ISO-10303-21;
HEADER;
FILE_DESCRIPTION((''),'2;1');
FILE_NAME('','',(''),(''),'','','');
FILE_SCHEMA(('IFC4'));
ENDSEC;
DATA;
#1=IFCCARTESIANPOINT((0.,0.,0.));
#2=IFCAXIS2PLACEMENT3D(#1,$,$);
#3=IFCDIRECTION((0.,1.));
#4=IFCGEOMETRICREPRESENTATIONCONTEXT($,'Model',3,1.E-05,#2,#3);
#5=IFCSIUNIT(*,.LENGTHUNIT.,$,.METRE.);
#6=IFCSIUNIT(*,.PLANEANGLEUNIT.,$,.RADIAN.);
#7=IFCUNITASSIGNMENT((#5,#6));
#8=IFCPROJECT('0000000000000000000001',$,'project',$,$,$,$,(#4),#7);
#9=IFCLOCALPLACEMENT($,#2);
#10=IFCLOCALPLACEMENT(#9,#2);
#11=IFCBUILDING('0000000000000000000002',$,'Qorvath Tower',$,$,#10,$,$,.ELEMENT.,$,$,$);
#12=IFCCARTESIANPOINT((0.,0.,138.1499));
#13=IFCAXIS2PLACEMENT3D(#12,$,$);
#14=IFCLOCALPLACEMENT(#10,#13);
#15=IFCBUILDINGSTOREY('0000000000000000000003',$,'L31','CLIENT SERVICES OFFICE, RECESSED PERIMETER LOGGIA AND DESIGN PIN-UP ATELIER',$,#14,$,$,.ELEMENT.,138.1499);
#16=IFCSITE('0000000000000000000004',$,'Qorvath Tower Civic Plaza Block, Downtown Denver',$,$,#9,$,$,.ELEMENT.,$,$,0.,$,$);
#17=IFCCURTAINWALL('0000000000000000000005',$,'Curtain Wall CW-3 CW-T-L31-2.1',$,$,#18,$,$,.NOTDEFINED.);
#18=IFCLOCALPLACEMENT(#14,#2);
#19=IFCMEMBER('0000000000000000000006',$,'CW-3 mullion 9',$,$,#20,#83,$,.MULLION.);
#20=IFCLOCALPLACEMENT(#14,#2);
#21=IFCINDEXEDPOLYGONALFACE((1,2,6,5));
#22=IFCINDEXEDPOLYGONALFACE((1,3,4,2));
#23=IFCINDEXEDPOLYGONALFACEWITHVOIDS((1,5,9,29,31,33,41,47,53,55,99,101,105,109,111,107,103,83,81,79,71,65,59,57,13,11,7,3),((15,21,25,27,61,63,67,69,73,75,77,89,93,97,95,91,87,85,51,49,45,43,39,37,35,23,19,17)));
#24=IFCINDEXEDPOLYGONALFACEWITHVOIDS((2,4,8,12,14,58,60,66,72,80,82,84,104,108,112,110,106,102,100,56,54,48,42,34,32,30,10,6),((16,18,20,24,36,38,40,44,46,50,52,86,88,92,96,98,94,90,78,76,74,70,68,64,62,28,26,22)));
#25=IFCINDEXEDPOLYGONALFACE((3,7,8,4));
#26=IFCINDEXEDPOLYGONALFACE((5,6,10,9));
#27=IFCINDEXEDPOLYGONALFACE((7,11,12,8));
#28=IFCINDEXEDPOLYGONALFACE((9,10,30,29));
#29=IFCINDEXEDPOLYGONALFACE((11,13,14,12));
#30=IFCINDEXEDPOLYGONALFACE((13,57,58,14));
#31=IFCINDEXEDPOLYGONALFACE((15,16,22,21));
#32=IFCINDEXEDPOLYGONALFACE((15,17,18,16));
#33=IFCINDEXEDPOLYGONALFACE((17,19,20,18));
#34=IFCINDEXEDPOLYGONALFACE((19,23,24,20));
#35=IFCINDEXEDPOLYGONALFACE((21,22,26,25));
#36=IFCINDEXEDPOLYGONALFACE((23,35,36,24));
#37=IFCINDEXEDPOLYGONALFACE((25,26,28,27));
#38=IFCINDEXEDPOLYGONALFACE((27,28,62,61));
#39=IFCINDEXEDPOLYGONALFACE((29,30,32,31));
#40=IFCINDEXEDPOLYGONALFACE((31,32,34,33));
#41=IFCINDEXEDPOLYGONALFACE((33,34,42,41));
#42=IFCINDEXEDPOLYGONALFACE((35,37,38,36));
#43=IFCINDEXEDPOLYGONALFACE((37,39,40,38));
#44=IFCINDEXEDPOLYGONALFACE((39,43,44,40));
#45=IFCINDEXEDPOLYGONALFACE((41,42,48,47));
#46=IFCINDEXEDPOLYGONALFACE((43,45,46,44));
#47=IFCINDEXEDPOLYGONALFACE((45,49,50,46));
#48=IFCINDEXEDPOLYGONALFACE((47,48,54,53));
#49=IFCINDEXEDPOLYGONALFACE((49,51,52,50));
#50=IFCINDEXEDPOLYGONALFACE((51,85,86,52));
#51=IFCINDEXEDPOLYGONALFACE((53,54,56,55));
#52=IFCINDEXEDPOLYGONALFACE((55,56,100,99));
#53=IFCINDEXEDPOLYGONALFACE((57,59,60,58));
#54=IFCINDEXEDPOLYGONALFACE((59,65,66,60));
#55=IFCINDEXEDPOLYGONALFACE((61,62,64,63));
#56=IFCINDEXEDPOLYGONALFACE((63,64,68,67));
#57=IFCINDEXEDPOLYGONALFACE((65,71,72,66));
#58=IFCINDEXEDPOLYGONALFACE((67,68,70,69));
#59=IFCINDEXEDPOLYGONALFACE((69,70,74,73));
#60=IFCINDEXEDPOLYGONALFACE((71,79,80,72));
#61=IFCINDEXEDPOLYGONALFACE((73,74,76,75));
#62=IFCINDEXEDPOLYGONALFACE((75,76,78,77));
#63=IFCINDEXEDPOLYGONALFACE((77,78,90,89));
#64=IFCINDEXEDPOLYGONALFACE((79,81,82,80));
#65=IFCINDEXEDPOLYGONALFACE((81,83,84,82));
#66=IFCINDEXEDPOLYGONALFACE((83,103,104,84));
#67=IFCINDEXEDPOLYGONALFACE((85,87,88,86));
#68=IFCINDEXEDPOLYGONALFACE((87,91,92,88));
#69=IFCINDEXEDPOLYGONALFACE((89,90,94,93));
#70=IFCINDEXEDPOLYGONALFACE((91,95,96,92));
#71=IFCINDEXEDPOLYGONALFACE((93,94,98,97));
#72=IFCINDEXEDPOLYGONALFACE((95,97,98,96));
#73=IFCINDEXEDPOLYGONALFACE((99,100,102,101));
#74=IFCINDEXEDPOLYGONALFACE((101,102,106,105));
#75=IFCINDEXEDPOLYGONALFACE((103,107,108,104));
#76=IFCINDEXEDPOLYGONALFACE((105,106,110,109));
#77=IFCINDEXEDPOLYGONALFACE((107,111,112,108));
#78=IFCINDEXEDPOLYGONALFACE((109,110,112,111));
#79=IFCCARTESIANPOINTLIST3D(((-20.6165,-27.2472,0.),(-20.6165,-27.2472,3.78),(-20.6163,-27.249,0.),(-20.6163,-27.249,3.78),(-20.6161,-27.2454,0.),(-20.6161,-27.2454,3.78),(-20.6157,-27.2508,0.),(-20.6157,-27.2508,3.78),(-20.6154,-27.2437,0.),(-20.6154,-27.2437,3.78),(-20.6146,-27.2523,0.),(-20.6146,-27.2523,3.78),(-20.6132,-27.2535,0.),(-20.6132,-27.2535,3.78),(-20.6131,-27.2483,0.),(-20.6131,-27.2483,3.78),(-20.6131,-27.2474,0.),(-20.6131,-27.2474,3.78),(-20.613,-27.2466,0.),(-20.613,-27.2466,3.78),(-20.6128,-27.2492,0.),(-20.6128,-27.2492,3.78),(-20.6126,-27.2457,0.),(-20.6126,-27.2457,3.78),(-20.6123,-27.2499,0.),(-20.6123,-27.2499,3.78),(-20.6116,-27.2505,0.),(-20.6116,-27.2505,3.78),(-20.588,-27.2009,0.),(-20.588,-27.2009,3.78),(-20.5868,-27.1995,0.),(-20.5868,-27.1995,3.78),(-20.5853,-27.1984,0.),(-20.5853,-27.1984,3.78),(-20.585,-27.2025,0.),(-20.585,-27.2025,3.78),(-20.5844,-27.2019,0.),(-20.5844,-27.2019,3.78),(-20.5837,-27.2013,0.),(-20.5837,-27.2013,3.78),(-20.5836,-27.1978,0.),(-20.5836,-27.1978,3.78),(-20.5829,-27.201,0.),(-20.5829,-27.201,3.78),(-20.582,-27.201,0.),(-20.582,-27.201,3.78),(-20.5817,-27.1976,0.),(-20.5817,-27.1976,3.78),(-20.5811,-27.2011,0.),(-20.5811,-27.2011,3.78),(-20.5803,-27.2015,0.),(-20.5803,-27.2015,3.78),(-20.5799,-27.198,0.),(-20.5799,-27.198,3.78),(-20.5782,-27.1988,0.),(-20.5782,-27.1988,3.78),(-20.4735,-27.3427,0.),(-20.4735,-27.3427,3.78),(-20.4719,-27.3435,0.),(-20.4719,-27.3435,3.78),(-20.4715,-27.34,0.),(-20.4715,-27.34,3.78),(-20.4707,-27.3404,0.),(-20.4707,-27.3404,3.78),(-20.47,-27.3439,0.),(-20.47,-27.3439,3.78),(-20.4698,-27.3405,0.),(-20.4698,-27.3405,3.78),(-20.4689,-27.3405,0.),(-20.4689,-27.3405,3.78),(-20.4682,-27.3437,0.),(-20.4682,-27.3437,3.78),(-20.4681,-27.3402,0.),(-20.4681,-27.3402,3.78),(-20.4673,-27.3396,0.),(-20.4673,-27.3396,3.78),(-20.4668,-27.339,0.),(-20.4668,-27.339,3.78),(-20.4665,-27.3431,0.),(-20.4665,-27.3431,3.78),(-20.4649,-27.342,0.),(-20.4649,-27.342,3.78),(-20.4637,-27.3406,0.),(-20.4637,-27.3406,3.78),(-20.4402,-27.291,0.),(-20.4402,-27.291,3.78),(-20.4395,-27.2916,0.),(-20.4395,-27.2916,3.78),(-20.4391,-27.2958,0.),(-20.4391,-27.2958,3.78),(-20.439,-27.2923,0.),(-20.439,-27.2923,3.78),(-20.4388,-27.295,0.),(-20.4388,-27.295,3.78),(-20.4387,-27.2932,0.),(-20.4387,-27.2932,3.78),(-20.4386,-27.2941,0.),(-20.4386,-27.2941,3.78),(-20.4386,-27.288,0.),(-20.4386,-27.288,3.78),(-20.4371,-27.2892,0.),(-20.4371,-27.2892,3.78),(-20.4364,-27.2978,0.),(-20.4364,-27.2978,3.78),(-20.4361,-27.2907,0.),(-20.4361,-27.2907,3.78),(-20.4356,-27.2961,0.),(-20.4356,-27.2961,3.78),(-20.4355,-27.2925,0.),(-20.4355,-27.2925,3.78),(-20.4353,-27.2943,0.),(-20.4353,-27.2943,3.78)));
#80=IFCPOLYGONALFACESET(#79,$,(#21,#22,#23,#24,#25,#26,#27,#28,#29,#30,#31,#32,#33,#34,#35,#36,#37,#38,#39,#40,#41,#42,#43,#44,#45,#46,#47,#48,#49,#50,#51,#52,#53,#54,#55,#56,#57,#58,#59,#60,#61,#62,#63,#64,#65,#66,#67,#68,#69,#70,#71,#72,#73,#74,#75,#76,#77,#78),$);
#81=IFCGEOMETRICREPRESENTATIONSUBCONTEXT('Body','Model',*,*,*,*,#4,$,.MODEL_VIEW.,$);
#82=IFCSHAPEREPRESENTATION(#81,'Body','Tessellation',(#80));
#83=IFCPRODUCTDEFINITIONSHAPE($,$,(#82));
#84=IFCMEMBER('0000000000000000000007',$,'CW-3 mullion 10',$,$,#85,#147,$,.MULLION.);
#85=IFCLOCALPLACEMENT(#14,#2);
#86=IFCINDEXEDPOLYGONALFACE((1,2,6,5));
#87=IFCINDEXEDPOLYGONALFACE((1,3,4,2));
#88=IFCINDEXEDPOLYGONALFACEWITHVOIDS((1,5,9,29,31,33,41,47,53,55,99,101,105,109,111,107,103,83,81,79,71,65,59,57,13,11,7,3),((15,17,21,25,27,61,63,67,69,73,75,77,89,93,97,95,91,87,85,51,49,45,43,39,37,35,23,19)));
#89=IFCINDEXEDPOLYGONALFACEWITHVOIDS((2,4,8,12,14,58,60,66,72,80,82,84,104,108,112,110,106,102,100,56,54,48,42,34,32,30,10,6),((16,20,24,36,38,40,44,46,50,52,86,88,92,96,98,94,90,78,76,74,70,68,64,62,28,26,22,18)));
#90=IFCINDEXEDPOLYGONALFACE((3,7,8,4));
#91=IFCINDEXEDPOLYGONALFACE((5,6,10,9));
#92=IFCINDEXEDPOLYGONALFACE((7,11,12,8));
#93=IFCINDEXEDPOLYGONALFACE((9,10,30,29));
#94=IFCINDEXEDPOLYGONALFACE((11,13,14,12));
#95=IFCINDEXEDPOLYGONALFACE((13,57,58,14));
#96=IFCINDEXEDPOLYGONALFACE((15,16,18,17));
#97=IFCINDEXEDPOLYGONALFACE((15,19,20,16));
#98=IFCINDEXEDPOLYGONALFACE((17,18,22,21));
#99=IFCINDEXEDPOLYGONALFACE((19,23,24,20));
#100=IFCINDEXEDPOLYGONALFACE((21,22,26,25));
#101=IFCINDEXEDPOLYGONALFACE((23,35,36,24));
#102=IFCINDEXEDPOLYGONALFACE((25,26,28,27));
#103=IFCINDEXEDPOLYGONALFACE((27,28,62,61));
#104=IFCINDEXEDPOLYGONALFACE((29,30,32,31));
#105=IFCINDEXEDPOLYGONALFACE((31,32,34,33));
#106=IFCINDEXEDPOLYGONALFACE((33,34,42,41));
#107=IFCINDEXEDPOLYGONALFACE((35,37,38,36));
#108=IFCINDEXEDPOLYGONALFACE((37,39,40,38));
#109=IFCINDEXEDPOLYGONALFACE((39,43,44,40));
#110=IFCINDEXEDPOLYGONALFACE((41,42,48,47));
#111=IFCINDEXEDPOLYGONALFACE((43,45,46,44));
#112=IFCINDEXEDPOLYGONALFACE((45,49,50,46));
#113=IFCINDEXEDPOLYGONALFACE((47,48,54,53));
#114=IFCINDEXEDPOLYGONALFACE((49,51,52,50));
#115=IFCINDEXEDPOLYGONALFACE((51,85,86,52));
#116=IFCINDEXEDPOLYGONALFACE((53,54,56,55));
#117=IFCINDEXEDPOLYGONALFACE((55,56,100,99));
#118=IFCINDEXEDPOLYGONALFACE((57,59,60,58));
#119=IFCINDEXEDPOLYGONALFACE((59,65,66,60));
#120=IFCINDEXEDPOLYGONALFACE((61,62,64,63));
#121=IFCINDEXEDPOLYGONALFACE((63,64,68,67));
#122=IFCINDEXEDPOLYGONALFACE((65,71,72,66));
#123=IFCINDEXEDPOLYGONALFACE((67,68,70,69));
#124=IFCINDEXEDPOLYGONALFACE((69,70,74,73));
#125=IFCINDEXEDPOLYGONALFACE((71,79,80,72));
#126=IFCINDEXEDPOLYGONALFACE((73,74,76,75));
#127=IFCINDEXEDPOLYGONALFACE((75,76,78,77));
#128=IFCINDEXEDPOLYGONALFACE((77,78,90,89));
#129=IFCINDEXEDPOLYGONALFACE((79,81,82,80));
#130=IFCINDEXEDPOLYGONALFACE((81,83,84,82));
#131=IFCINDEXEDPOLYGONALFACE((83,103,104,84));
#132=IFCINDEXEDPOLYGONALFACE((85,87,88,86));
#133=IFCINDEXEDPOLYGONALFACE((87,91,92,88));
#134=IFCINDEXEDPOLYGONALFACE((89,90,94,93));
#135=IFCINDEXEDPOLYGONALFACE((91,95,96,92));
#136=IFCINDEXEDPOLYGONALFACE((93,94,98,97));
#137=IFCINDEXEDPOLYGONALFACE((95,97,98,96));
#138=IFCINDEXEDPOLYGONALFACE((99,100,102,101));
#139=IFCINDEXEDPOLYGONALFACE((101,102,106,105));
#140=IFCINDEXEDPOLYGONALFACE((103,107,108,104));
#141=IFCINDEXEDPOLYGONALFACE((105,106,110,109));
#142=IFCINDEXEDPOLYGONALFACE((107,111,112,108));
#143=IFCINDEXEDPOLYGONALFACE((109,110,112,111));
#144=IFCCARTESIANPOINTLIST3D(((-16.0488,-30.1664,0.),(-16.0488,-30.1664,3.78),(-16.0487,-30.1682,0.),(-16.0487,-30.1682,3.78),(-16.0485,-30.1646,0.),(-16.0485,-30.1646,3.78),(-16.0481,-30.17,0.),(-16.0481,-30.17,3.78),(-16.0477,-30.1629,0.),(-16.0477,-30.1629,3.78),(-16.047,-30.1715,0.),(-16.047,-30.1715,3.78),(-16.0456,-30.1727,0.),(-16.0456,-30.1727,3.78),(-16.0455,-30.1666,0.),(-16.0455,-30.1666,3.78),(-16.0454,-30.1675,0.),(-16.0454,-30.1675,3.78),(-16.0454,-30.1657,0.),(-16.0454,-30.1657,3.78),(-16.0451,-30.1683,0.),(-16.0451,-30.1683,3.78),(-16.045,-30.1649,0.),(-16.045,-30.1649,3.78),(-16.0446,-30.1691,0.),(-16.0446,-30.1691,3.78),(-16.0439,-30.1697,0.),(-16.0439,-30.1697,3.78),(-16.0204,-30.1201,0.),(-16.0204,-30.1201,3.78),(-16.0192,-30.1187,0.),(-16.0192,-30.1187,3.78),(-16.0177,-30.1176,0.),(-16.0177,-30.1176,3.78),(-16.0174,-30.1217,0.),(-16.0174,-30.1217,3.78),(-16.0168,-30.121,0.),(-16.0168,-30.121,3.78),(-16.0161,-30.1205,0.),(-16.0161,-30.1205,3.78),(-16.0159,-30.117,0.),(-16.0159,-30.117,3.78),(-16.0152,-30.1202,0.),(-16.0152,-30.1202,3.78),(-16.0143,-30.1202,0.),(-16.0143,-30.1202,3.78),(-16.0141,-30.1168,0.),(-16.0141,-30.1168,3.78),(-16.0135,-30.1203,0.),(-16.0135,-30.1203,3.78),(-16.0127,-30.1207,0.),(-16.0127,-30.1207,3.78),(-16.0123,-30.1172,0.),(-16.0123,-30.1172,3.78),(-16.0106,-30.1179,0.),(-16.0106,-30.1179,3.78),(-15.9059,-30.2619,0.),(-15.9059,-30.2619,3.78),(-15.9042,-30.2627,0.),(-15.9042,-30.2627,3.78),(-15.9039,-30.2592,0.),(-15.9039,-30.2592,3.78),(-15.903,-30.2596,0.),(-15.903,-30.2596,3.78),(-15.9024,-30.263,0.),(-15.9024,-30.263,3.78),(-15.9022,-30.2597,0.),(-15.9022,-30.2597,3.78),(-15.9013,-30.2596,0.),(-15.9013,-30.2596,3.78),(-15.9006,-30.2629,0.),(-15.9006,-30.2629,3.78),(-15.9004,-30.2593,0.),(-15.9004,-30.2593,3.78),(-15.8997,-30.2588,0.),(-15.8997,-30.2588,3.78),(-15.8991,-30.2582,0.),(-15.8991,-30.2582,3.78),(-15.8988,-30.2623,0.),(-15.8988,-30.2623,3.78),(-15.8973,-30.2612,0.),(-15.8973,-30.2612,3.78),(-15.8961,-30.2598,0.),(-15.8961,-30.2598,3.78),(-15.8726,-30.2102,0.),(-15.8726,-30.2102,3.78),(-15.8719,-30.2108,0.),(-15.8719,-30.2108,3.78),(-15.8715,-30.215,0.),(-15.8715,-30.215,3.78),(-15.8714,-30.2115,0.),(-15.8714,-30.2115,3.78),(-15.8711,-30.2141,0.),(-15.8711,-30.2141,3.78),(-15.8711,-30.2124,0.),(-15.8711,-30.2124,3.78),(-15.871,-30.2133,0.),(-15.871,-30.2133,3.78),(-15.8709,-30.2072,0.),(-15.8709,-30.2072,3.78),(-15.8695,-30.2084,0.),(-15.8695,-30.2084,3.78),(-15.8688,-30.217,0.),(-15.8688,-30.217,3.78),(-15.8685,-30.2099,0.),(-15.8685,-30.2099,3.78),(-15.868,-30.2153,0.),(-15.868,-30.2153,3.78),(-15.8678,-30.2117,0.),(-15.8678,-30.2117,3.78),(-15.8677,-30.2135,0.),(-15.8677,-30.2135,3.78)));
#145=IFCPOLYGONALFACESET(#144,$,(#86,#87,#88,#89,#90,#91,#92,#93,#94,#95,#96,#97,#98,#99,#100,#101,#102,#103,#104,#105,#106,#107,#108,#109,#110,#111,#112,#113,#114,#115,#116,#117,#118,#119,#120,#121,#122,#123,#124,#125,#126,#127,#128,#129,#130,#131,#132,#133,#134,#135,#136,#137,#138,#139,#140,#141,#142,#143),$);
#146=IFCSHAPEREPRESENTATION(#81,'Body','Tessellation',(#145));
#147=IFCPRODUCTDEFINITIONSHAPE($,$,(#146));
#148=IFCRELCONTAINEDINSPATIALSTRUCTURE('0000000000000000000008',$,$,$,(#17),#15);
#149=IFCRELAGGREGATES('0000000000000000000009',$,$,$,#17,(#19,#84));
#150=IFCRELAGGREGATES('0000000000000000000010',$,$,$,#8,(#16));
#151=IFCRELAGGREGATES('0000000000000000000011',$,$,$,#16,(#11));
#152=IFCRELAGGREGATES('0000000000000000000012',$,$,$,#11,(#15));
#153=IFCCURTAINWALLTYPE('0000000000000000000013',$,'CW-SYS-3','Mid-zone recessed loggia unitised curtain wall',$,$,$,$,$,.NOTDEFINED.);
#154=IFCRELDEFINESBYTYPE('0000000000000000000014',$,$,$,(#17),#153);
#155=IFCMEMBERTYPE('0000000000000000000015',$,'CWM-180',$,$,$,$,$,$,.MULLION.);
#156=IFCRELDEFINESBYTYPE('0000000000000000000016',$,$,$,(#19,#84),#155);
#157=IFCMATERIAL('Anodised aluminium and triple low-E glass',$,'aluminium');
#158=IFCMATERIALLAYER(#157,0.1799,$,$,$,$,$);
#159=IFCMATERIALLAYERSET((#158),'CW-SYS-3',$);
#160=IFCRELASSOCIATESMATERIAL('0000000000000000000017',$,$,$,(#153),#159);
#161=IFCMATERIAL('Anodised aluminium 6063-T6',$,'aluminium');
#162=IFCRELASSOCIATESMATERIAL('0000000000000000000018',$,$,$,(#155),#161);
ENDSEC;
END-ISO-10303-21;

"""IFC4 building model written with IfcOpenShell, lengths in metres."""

from ifc_helpers import new_model, si_unit, direction, frame, origin, origin_2d, place, context, subcontext, project, spatial, hollow_rectangle, extrude, material, layer, layer_set, material_profile, profile_set, type_object, element, aggregate, save


model = new_model("IFC4")

# Units and contexts
model_context = context("Model", 3, precision=1e-05, world=origin(), true_north=direction((0.0, 1.0)))
body_context = subcontext(model_context, "Body", "Model", "MODEL_VIEW")
ifc_project = project(units=[si_unit("LENGTHUNIT", "METRE"), si_unit("PLANEANGLEUNIT", "RADIAN")], contexts=[model_context])

# Site, building, storey
site_placement = place(None, origin())
site = spatial("IfcSite", under=ifc_project, at=site_placement, Name="Qorvath Tower Civic Plaza Block, Downtown Denver", CompositionType="ELEMENT", RefElevation=0.0)
building_placement = place(site_placement, origin())
building = spatial("IfcBuilding", under=site, at=building_placement, Name="Qorvath Tower", CompositionType="ELEMENT")
storey_placement = place(building_placement, frame((0.0, 0.0, 138.1499)))
storey = spatial("IfcBuildingStorey", under=building, at=storey_placement, Name="L31", Description="CLIENT SERVICES OFFICE, RECESSED PERIMETER LOGGIA AND DESIGN PIN-UP ATELIER", CompositionType="ELEMENT", Elevation=138.1499)

# Curtain wall, members
ifc_material_1 = material(Name="Anodised aluminium and triple low-E glass", Category="aluminium")
ifc_layer_1 = layer(ifc_material_1, 0.1799)
ifc_layer_set_1 = layer_set([ifc_layer_1], Name="CW-SYS-3")
curtain_wall_type = type_object("IfcCurtainWallType", Name="CW-SYS-3", Description="Mid-zone recessed loggia unitised curtain wall", PredefinedType="NOTDEFINED", material=ifc_layer_set_1)
curtain_wall_1_placement = place(storey_placement, origin())
curtain_wall_1 = element("IfcCurtainWall", 1, at=curtain_wall_1_placement, inside=storey, type_object=curtain_wall_type, Name="Curtain Wall CW-3 CW-T-L31-2.1", PredefinedType="NOTDEFINED")
ifc_material_2 = material(Name="Anodised aluminium 6063-T6", Category="aluminium")
ifc_material_profile_1 = material_profile(ifc_material_2, hollow_rectangle(XDim=0.0649, YDim=0.1799, WallThickness=0.0034, InnerFilletRadius=0.0034, OuterFilletRadius=0.0071, at=origin_2d()), Name="CWM 180x65")
ifc_profile_set_1 = profile_set([ifc_material_profile_1], Name="Anodised aluminium 6063-T6")
member_type_1 = type_object("IfcMemberType", Name="CWM-180", PredefinedType="MULLION", material=ifc_profile_set_1)
member_1_placement = place(storey_placement, frame((-20.5259, -27.2708, 0.0), z_axis=(0.0, 0.0, 1.0), x_axis=(0.538534, 0.842604, 0.0)))
member_1 = element("IfcMember", 2, at=member_1_placement, type_object=member_type_1, Name="CW-3 mullion 9", PredefinedType="MULLION", context=body_context, shape_type="SweptSolid", body=[
    extrude(hollow_rectangle(XDim=0.0649, YDim=0.1799, WallThickness=0.0034, InnerFilletRadius=0.0034, OuterFilletRadius=0.0071, at=origin_2d()), origin(), (0.0, 0.0, 1.0), 3.78),
])
member_2_placement = place(storey_placement, frame((-15.9583, -30.1899, 0.0), z_axis=(0.0, 0.0, 1.0), x_axis=(0.538534, 0.842604, 0.0)))
member_2 = element("IfcMember", 3, at=member_2_placement, type_object=member_type_1, Name="CW-3 mullion 10", PredefinedType="MULLION", context=body_context, shape_type="SweptSolid", body=[
    extrude(hollow_rectangle(XDim=0.0649, YDim=0.1799, WallThickness=0.0034, InnerFilletRadius=0.0034, OuterFilletRadius=0.0071, at=origin_2d()), origin(), (0.0, 0.0, 1.0), 3.78),
])

aggregate(curtain_wall_1, [member_1, member_2])

save(model, "model.ifc")
